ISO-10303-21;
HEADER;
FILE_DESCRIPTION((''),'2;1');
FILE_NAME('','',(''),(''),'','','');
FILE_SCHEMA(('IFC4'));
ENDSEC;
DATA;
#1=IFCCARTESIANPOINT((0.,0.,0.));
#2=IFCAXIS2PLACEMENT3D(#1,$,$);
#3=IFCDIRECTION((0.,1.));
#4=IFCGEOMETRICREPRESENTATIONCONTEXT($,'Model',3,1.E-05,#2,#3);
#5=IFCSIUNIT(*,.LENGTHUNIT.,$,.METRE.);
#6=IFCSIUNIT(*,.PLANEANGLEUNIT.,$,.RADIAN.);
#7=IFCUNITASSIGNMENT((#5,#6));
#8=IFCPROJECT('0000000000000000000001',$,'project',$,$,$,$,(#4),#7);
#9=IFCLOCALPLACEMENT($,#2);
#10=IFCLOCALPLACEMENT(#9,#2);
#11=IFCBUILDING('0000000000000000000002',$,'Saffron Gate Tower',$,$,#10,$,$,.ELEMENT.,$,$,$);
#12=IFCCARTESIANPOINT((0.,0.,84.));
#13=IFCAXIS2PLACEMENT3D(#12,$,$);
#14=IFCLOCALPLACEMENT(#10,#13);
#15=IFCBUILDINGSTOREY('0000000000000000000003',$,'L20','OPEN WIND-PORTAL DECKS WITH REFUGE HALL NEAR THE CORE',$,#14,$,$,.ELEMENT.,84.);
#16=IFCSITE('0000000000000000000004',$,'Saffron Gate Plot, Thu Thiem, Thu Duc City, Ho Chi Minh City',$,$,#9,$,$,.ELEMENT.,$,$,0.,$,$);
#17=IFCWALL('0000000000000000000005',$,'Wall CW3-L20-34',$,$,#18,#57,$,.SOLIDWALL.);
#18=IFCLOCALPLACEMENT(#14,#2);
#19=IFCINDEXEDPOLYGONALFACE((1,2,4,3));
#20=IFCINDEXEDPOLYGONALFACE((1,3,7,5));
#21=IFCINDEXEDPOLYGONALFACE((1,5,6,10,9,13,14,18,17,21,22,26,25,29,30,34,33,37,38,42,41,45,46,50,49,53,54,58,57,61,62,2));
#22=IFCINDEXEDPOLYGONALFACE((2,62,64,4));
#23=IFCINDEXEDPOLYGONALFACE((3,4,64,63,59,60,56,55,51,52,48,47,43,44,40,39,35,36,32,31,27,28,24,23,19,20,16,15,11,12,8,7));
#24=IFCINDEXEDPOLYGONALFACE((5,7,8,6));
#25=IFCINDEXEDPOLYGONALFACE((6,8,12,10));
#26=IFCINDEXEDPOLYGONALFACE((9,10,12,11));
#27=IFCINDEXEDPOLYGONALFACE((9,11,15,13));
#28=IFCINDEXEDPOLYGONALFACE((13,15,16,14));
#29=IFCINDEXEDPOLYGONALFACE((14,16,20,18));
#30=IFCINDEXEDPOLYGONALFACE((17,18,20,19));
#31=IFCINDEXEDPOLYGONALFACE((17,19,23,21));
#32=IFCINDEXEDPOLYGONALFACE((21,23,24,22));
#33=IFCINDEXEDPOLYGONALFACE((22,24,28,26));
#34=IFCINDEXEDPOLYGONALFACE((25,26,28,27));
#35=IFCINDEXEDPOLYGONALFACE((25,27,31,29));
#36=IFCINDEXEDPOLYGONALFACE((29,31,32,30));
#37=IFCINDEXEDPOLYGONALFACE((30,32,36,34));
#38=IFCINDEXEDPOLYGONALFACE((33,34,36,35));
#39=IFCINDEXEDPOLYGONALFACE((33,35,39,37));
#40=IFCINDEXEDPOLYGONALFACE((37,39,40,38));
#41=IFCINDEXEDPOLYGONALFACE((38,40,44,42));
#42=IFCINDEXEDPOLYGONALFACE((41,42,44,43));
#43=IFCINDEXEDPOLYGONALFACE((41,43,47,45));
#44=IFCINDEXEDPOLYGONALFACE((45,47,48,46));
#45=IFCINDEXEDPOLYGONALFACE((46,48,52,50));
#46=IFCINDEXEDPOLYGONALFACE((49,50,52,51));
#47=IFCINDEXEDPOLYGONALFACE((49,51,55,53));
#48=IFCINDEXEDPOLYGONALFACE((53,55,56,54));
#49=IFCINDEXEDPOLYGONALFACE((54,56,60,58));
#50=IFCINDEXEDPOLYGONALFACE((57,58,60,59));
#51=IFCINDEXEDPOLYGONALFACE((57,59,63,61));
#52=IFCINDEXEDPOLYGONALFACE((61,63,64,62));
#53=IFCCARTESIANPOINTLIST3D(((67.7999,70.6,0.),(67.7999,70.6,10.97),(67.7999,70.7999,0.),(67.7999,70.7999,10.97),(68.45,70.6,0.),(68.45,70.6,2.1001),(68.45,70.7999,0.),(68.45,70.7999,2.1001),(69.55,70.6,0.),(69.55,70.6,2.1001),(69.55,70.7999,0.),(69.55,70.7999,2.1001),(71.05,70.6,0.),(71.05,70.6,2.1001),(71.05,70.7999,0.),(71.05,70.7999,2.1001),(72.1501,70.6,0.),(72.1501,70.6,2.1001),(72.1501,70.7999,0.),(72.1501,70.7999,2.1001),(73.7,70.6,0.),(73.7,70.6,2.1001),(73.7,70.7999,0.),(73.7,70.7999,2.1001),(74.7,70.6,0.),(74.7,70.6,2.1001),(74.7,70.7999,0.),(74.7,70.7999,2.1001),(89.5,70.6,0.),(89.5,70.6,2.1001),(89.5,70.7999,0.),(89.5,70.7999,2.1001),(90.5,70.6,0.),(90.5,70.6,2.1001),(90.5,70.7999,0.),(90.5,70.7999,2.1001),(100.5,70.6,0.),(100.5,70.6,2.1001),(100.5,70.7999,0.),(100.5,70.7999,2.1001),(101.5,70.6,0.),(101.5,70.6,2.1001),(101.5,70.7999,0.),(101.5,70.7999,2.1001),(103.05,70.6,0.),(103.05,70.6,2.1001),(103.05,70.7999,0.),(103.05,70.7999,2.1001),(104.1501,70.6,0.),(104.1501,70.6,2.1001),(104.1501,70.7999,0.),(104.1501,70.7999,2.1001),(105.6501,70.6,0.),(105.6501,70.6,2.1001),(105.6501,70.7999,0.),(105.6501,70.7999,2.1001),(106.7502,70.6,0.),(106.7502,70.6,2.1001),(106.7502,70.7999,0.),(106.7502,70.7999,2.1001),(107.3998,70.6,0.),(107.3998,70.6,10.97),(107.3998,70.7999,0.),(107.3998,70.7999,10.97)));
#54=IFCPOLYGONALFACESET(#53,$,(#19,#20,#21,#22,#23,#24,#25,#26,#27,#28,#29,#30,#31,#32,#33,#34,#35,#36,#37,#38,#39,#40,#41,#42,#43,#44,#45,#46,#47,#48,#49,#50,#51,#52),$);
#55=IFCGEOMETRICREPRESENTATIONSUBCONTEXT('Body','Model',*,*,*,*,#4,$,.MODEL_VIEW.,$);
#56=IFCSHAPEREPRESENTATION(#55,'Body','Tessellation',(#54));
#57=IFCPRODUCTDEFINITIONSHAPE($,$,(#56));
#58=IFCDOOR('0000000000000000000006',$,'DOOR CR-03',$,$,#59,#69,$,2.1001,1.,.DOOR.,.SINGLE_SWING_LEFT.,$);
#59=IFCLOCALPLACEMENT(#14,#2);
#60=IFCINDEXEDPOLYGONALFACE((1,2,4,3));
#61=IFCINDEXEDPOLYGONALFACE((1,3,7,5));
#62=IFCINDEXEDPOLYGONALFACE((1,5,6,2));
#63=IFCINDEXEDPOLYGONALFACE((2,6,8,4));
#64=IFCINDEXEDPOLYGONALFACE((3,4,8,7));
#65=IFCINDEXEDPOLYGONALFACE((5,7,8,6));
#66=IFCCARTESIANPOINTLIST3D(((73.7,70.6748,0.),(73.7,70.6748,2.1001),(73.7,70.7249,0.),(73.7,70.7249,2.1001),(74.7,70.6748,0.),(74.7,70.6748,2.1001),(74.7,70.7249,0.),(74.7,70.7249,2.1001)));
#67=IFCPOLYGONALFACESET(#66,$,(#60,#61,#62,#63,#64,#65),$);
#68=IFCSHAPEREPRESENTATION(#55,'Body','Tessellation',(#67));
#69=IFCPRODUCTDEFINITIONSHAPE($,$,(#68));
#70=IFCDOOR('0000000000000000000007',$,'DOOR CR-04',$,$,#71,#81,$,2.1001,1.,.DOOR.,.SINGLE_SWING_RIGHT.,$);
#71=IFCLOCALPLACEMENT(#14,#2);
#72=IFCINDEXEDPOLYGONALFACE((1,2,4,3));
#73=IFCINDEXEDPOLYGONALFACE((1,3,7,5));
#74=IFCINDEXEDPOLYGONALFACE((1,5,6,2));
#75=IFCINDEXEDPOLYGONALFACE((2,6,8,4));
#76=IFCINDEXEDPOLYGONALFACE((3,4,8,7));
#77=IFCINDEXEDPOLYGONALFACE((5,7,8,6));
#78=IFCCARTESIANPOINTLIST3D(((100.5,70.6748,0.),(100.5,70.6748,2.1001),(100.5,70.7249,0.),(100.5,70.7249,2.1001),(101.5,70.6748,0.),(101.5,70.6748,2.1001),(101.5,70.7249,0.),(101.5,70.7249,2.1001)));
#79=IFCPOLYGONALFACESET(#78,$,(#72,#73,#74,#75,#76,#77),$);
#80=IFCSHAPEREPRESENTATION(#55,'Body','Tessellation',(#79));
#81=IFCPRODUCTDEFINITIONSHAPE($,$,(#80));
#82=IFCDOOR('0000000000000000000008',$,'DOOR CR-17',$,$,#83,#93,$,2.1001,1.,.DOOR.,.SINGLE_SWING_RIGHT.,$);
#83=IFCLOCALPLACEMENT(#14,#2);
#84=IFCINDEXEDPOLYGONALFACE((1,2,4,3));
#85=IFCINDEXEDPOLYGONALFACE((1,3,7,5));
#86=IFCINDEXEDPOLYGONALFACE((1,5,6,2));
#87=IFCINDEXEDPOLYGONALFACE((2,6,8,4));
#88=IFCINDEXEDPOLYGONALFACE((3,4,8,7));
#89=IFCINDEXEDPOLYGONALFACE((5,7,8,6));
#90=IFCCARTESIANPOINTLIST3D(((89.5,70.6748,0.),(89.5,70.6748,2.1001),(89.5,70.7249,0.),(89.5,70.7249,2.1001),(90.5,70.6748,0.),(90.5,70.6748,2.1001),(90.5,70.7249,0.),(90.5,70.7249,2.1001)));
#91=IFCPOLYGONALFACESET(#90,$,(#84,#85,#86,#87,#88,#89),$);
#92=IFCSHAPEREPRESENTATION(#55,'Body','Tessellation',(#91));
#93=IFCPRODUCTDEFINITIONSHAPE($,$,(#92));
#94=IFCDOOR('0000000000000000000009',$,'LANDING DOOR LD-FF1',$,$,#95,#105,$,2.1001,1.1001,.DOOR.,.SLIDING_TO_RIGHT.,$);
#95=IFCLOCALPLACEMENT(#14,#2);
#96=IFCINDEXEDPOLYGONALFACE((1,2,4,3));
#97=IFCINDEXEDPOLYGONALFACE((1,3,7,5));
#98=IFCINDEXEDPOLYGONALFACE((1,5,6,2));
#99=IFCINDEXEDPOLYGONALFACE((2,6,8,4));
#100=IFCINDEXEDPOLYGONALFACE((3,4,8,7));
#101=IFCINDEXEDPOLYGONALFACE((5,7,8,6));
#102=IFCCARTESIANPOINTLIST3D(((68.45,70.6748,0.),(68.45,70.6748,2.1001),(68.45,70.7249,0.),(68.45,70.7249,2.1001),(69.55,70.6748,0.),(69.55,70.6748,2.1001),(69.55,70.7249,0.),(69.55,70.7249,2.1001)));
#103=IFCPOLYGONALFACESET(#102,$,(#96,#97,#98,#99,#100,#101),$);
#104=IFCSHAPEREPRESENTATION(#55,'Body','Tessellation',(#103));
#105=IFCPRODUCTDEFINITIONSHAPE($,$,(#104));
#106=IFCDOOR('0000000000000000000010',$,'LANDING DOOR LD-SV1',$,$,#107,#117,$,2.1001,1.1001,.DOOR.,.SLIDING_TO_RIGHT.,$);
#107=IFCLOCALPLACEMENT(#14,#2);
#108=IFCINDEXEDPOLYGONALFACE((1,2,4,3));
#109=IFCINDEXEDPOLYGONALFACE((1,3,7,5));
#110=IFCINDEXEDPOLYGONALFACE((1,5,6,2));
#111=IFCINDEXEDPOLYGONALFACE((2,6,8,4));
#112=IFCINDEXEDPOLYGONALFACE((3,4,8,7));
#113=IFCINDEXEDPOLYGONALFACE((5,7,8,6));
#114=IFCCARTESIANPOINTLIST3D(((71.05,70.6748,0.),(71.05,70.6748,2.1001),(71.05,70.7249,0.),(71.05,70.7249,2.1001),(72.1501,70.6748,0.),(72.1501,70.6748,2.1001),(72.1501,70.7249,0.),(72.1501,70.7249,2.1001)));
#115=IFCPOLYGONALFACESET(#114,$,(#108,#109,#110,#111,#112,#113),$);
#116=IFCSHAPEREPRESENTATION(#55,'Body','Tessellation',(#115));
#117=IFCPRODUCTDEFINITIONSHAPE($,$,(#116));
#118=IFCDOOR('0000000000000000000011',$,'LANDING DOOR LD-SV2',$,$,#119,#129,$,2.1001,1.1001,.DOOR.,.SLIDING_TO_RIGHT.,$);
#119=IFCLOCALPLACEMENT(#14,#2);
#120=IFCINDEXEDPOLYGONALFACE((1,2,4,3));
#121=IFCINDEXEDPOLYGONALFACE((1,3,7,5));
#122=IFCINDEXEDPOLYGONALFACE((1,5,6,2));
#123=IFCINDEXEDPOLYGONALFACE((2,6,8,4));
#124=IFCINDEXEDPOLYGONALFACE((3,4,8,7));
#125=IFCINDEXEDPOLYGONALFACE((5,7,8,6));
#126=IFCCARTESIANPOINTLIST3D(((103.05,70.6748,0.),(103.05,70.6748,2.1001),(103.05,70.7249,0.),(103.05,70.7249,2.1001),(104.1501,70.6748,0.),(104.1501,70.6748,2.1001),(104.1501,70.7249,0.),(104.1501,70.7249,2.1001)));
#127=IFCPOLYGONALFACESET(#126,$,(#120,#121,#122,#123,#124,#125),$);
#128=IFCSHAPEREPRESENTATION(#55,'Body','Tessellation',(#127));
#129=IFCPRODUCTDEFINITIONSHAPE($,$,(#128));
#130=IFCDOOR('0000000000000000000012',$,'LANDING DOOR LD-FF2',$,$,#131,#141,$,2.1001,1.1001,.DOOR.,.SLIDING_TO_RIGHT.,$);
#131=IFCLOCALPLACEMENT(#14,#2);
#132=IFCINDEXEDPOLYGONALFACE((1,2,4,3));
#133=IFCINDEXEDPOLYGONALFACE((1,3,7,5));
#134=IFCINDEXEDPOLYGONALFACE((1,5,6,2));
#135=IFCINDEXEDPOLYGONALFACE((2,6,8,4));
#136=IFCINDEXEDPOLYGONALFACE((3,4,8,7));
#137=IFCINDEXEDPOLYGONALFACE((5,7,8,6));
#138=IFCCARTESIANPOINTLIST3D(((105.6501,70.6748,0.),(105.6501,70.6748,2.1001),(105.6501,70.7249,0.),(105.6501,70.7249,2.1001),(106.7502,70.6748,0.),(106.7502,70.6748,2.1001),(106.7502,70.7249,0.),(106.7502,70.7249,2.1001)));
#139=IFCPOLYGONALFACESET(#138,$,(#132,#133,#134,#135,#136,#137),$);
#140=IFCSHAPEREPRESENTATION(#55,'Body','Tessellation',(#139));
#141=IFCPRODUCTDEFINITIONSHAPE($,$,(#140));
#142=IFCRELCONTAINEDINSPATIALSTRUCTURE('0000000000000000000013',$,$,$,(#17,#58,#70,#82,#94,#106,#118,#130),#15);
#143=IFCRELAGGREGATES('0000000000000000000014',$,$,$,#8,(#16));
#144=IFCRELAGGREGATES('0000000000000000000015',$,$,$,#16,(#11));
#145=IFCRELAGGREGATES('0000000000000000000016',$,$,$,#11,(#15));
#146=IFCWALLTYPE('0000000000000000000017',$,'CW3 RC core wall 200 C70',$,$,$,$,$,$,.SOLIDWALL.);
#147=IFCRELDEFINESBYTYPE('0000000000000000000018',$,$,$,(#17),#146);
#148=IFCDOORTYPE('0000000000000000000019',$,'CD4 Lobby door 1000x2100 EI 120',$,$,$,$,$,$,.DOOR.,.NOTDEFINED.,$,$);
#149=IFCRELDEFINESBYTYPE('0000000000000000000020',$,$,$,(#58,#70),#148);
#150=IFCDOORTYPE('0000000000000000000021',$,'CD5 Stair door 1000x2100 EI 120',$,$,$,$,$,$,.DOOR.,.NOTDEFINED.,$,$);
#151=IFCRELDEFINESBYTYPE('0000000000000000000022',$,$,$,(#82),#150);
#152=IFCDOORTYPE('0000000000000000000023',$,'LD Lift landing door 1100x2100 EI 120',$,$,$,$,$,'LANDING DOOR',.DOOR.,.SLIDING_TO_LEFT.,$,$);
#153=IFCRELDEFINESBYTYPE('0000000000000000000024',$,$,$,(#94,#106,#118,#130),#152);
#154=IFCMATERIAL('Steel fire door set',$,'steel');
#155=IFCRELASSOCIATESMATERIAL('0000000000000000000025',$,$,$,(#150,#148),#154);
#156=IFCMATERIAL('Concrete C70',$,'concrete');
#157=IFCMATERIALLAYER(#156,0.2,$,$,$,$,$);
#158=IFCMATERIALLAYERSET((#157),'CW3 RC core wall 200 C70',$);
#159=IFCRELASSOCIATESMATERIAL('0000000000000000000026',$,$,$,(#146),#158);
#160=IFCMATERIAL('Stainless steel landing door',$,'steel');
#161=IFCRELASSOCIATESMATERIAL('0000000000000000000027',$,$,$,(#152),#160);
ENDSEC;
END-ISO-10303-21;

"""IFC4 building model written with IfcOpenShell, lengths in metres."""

from ifc_helpers import new_model, si_unit, direction, frame, frame_2d, origin, place, context, subcontext, project, spatial, rectangle, extrude, material, layer, layer_set, type_object, element, fill, save


model = new_model("IFC4")

# Units and contexts
model_context = context("Model", 3, precision=1e-05, world=origin(), true_north=direction((0.0, 1.0)))
body_context = subcontext(model_context, "Body", "Model", "MODEL_VIEW")
ifc_project = project(units=[si_unit("LENGTHUNIT", "METRE"), si_unit("PLANEANGLEUNIT", "RADIAN")], contexts=[model_context])

# Site, building, storey
site_placement = place(None, origin())
site = spatial("IfcSite", under=ifc_project, at=site_placement, Name="Saffron Gate Plot, Thu Thiem, Thu Duc City, Ho Chi Minh City", CompositionType="ELEMENT", RefElevation=0.0)
building_placement = place(site_placement, origin())
building = spatial("IfcBuilding", under=site, at=building_placement, Name="Saffron Gate Tower", CompositionType="ELEMENT")
storey_placement = place(building_placement, frame((0.0, 0.0, 84.0)))
storey = spatial("IfcBuildingStorey", under=building, at=storey_placement, Name="L20", Description="OPEN WIND-PORTAL DECKS WITH REFUGE HALL NEAR THE CORE", CompositionType="ELEMENT", Elevation=84.0)

# Shared definitions
ifc_material_1 = material(Name="Concrete C70", Category="concrete")

# Wall, openings, doors
ifc_material_2 = material(Name="Steel fire door set", Category="steel")
door_type_1 = type_object("IfcDoorType", Name="CD5 Stair door 1000x2100 EI 120", OperationType="NOTDEFINED", PredefinedType="DOOR", material=ifc_material_2)
ifc_layer_1 = layer(ifc_material_1, 0.2)
ifc_layer_set_1 = layer_set([ifc_layer_1], Name="CW3 RC core wall 200 C70")
wall_type_1 = type_object("IfcWallType", Name="CW3 RC core wall 200 C70", PredefinedType="SOLIDWALL", material=ifc_layer_set_1)
wall_1_placement = place(storey_placement, frame((67.8, 70.7, 0.0), z_axis=(0.0, 0.0, 1.0), x_axis=(1.0, 0.0, 0.0)))
wall_1 = element("IfcWall", 1, at=wall_1_placement, inside=storey, type_object=wall_type_1, Name="Wall CW3-L20-34", PredefinedType="SOLIDWALL", context=body_context, shape_type="SweptSolid", body=[
    extrude(rectangle(XDim=39.5999, YDim=0.2, at=frame_2d((19.7998, 0.0))), origin(), (0.0, 0.0, 1.0), 10.97),
])
opening_1_placement = place(wall_1_placement, frame((0.6499, 0.0, 0.0)))
opening_1 = element("IfcOpeningElement", 2, at=opening_1_placement, cuts=wall_1, PredefinedType="OPENING", context=body_context, shape_type="SweptSolid", body=[
    extrude(rectangle(XDim=1.1001, YDim=2.1001, at=frame_2d((0.55, 1.05))), frame((0.0, 0.1099, 0.0), z_axis=(0.0, -1.0, 0.0), x_axis=(1.0, 0.0, 0.0)), (0.0, 0.0, 1.0), 0.22),
])
opening_2_placement = place(wall_1_placement, frame((3.25, 0.0, 0.0)))
opening_2 = element("IfcOpeningElement", 3, at=opening_2_placement, cuts=wall_1, PredefinedType="OPENING", context=body_context, shape_type="SweptSolid", body=[
    extrude(rectangle(XDim=1.1001, YDim=2.1001, at=frame_2d((0.55, 1.05))), frame((0.0, 0.1099, 0.0), z_axis=(0.0, -1.0, 0.0), x_axis=(1.0, 0.0, 0.0)), (0.0, 0.0, 1.0), 0.22),
])
opening_3_placement = place(wall_1_placement, frame((5.8999, 0.0, 0.0)))
opening_3 = element("IfcOpeningElement", 4, at=opening_3_placement, cuts=wall_1, PredefinedType="OPENING", context=body_context, shape_type="SweptSolid", body=[
    extrude(rectangle(XDim=1.0, YDim=2.1001, at=frame_2d((0.5, 1.05))), frame((0.0, 0.1099, 0.0), z_axis=(0.0, -1.0, 0.0), x_axis=(1.0, 0.0, 0.0)), (0.0, 0.0, 1.0), 0.22),
])
opening_4_placement = place(wall_1_placement, frame((21.7, 0.0, 0.0)))
opening_4 = element("IfcOpeningElement", 5, at=opening_4_placement, cuts=wall_1, PredefinedType="OPENING", context=body_context, shape_type="SweptSolid", body=[
    extrude(rectangle(XDim=1.0, YDim=2.1001, at=frame_2d((0.5, 1.05))), frame((0.0, 0.1099, 0.0), z_axis=(0.0, -1.0, 0.0), x_axis=(1.0, 0.0, 0.0)), (0.0, 0.0, 1.0), 0.22),
])
opening_5_placement = place(wall_1_placement, frame((32.7, 0.0, 0.0)))
opening_5 = element("IfcOpeningElement", 6, at=opening_5_placement, cuts=wall_1, PredefinedType="OPENING", context=body_context, shape_type="SweptSolid", body=[
    extrude(rectangle(XDim=1.0, YDim=2.1001, at=frame_2d((0.5, 1.05))), frame((0.0, 0.1099, 0.0), z_axis=(0.0, -1.0, 0.0), x_axis=(1.0, 0.0, 0.0)), (0.0, 0.0, 1.0), 0.22),
])
opening_6_placement = place(wall_1_placement, frame((35.25, 0.0, 0.0)))
opening_6 = element("IfcOpeningElement", 7, at=opening_6_placement, cuts=wall_1, PredefinedType="OPENING", context=body_context, shape_type="SweptSolid", body=[
    extrude(rectangle(XDim=1.1001, YDim=2.1001, at=frame_2d((0.55, 1.05))), frame((0.0, 0.1099, 0.0), z_axis=(0.0, -1.0, 0.0), x_axis=(1.0, 0.0, 0.0)), (0.0, 0.0, 1.0), 0.22),
])
opening_7_placement = place(wall_1_placement, frame((37.8501, 0.0, 0.0)))
opening_7 = element("IfcOpeningElement", 8, at=opening_7_placement, cuts=wall_1, PredefinedType="OPENING", context=body_context, shape_type="SweptSolid", body=[
    extrude(rectangle(XDim=1.1001, YDim=2.1001, at=frame_2d((0.55, 1.05))), frame((0.0, 0.1099, 0.0), z_axis=(0.0, -1.0, 0.0), x_axis=(1.0, 0.0, 0.0)), (0.0, 0.0, 1.0), 0.22),
])
door_type_2 = type_object("IfcDoorType", Name="CD4 Lobby door 1000x2100 EI 120", OperationType="NOTDEFINED", PredefinedType="DOOR", material=ifc_material_2)
door_1_placement = place(opening_3_placement, origin())
door_1 = element("IfcDoor", 9, at=door_1_placement, inside=storey, type_object=door_type_2, Name="DOOR CR-03", OperationType="SINGLE_SWING_LEFT", OverallHeight=2.1001, OverallWidth=1.0, PredefinedType="DOOR", context=body_context, shape_type="SweptSolid", body=[
    extrude(rectangle(XDim=1.0, YDim=2.1001, at=frame_2d((0.5, 1.05))), frame((0.0, 0.0249, 0.0), z_axis=(0.0, -1.0, 0.0), x_axis=(1.0, 0.0, 0.0)), (0.0, 0.0, 1.0), 0.05),
])
fill(opening_3, door_1)
door_2_placement = place(opening_5_placement, origin())
door_2 = element("IfcDoor", 10, at=door_2_placement, inside=storey, type_object=door_type_2, Name="DOOR CR-04", OperationType="SINGLE_SWING_RIGHT", OverallHeight=2.1001, OverallWidth=1.0, PredefinedType="DOOR", context=body_context, shape_type="SweptSolid", body=[
    extrude(rectangle(XDim=1.0, YDim=2.1001, at=frame_2d((0.5, 1.05))), frame((0.0, 0.0249, 0.0), z_axis=(0.0, -1.0, 0.0), x_axis=(1.0, 0.0, 0.0)), (0.0, 0.0, 1.0), 0.05),
])
fill(opening_5, door_2)
door_3_placement = place(opening_4_placement, origin())
door_3 = element("IfcDoor", 11, at=door_3_placement, inside=storey, type_object=door_type_1, Name="DOOR CR-17", OperationType="SINGLE_SWING_RIGHT", OverallHeight=2.1001, OverallWidth=1.0, PredefinedType="DOOR", context=body_context, shape_type="SweptSolid", body=[
    extrude(rectangle(XDim=1.0, YDim=2.1001, at=frame_2d((0.5, 1.05))), frame((0.0, 0.0249, 0.0), z_axis=(0.0, -1.0, 0.0), x_axis=(1.0, 0.0, 0.0)), (0.0, 0.0, 1.0), 0.05),
])
fill(opening_4, door_3)
ifc_material_3 = material(Name="Stainless steel landing door", Category="steel")
door_type_3 = type_object("IfcDoorType", Name="LD Lift landing door 1100x2100 EI 120", ElementType="LANDING DOOR", OperationType="SLIDING_TO_LEFT", PredefinedType="DOOR", material=ifc_material_3)
door_4_placement = place(opening_1_placement, origin())
door_4 = element("IfcDoor", 12, at=door_4_placement, inside=storey, type_object=door_type_3, Name="LANDING DOOR LD-FF1", OperationType="SLIDING_TO_RIGHT", OverallHeight=2.1001, OverallWidth=1.1001, PredefinedType="DOOR", context=body_context, shape_type="SweptSolid", body=[
    extrude(rectangle(XDim=1.1001, YDim=2.1001, at=frame_2d((0.55, 1.05))), frame((0.0, 0.0249, 0.0), z_axis=(0.0, -1.0, 0.0), x_axis=(1.0, 0.0, 0.0)), (0.0, 0.0, 1.0), 0.05),
])
fill(opening_1, door_4)
door_5_placement = place(opening_2_placement, origin())
door_5 = element("IfcDoor", 13, at=door_5_placement, inside=storey, type_object=door_type_3, Name="LANDING DOOR LD-SV1", OperationType="SLIDING_TO_RIGHT", OverallHeight=2.1001, OverallWidth=1.1001, PredefinedType="DOOR", context=body_context, shape_type="SweptSolid", body=[
    extrude(rectangle(XDim=1.1001, YDim=2.1001, at=frame_2d((0.55, 1.05))), frame((0.0, 0.0249, 0.0), z_axis=(0.0, -1.0, 0.0), x_axis=(1.0, 0.0, 0.0)), (0.0, 0.0, 1.0), 0.05),
])
fill(opening_2, door_5)
door_6_placement = place(opening_6_placement, origin())
door_6 = element("IfcDoor", 14, at=door_6_placement, inside=storey, type_object=door_type_3, Name="LANDING DOOR LD-SV2", OperationType="SLIDING_TO_RIGHT", OverallHeight=2.1001, OverallWidth=1.1001, PredefinedType="DOOR", context=body_context, shape_type="SweptSolid", body=[
    extrude(rectangle(XDim=1.1001, YDim=2.1001, at=frame_2d((0.55, 1.05))), frame((0.0, 0.0249, 0.0), z_axis=(0.0, -1.0, 0.0), x_axis=(1.0, 0.0, 0.0)), (0.0, 0.0, 1.0), 0.05),
])
fill(opening_6, door_6)
door_7_placement = place(opening_7_placement, origin())
door_7 = element("IfcDoor", 15, at=door_7_placement, inside=storey, type_object=door_type_3, Name="LANDING DOOR LD-FF2", OperationType="SLIDING_TO_RIGHT", OverallHeight=2.1001, OverallWidth=1.1001, PredefinedType="DOOR", context=body_context, shape_type="SweptSolid", body=[
    extrude(rectangle(XDim=1.1001, YDim=2.1001, at=frame_2d((0.55, 1.05))), frame((0.0, 0.0249, 0.0), z_axis=(0.0, -1.0, 0.0), x_axis=(1.0, 0.0, 0.0)), (0.0, 0.0, 1.0), 0.05),
])
fill(opening_7, door_7)

save(model, "model.ifc")
